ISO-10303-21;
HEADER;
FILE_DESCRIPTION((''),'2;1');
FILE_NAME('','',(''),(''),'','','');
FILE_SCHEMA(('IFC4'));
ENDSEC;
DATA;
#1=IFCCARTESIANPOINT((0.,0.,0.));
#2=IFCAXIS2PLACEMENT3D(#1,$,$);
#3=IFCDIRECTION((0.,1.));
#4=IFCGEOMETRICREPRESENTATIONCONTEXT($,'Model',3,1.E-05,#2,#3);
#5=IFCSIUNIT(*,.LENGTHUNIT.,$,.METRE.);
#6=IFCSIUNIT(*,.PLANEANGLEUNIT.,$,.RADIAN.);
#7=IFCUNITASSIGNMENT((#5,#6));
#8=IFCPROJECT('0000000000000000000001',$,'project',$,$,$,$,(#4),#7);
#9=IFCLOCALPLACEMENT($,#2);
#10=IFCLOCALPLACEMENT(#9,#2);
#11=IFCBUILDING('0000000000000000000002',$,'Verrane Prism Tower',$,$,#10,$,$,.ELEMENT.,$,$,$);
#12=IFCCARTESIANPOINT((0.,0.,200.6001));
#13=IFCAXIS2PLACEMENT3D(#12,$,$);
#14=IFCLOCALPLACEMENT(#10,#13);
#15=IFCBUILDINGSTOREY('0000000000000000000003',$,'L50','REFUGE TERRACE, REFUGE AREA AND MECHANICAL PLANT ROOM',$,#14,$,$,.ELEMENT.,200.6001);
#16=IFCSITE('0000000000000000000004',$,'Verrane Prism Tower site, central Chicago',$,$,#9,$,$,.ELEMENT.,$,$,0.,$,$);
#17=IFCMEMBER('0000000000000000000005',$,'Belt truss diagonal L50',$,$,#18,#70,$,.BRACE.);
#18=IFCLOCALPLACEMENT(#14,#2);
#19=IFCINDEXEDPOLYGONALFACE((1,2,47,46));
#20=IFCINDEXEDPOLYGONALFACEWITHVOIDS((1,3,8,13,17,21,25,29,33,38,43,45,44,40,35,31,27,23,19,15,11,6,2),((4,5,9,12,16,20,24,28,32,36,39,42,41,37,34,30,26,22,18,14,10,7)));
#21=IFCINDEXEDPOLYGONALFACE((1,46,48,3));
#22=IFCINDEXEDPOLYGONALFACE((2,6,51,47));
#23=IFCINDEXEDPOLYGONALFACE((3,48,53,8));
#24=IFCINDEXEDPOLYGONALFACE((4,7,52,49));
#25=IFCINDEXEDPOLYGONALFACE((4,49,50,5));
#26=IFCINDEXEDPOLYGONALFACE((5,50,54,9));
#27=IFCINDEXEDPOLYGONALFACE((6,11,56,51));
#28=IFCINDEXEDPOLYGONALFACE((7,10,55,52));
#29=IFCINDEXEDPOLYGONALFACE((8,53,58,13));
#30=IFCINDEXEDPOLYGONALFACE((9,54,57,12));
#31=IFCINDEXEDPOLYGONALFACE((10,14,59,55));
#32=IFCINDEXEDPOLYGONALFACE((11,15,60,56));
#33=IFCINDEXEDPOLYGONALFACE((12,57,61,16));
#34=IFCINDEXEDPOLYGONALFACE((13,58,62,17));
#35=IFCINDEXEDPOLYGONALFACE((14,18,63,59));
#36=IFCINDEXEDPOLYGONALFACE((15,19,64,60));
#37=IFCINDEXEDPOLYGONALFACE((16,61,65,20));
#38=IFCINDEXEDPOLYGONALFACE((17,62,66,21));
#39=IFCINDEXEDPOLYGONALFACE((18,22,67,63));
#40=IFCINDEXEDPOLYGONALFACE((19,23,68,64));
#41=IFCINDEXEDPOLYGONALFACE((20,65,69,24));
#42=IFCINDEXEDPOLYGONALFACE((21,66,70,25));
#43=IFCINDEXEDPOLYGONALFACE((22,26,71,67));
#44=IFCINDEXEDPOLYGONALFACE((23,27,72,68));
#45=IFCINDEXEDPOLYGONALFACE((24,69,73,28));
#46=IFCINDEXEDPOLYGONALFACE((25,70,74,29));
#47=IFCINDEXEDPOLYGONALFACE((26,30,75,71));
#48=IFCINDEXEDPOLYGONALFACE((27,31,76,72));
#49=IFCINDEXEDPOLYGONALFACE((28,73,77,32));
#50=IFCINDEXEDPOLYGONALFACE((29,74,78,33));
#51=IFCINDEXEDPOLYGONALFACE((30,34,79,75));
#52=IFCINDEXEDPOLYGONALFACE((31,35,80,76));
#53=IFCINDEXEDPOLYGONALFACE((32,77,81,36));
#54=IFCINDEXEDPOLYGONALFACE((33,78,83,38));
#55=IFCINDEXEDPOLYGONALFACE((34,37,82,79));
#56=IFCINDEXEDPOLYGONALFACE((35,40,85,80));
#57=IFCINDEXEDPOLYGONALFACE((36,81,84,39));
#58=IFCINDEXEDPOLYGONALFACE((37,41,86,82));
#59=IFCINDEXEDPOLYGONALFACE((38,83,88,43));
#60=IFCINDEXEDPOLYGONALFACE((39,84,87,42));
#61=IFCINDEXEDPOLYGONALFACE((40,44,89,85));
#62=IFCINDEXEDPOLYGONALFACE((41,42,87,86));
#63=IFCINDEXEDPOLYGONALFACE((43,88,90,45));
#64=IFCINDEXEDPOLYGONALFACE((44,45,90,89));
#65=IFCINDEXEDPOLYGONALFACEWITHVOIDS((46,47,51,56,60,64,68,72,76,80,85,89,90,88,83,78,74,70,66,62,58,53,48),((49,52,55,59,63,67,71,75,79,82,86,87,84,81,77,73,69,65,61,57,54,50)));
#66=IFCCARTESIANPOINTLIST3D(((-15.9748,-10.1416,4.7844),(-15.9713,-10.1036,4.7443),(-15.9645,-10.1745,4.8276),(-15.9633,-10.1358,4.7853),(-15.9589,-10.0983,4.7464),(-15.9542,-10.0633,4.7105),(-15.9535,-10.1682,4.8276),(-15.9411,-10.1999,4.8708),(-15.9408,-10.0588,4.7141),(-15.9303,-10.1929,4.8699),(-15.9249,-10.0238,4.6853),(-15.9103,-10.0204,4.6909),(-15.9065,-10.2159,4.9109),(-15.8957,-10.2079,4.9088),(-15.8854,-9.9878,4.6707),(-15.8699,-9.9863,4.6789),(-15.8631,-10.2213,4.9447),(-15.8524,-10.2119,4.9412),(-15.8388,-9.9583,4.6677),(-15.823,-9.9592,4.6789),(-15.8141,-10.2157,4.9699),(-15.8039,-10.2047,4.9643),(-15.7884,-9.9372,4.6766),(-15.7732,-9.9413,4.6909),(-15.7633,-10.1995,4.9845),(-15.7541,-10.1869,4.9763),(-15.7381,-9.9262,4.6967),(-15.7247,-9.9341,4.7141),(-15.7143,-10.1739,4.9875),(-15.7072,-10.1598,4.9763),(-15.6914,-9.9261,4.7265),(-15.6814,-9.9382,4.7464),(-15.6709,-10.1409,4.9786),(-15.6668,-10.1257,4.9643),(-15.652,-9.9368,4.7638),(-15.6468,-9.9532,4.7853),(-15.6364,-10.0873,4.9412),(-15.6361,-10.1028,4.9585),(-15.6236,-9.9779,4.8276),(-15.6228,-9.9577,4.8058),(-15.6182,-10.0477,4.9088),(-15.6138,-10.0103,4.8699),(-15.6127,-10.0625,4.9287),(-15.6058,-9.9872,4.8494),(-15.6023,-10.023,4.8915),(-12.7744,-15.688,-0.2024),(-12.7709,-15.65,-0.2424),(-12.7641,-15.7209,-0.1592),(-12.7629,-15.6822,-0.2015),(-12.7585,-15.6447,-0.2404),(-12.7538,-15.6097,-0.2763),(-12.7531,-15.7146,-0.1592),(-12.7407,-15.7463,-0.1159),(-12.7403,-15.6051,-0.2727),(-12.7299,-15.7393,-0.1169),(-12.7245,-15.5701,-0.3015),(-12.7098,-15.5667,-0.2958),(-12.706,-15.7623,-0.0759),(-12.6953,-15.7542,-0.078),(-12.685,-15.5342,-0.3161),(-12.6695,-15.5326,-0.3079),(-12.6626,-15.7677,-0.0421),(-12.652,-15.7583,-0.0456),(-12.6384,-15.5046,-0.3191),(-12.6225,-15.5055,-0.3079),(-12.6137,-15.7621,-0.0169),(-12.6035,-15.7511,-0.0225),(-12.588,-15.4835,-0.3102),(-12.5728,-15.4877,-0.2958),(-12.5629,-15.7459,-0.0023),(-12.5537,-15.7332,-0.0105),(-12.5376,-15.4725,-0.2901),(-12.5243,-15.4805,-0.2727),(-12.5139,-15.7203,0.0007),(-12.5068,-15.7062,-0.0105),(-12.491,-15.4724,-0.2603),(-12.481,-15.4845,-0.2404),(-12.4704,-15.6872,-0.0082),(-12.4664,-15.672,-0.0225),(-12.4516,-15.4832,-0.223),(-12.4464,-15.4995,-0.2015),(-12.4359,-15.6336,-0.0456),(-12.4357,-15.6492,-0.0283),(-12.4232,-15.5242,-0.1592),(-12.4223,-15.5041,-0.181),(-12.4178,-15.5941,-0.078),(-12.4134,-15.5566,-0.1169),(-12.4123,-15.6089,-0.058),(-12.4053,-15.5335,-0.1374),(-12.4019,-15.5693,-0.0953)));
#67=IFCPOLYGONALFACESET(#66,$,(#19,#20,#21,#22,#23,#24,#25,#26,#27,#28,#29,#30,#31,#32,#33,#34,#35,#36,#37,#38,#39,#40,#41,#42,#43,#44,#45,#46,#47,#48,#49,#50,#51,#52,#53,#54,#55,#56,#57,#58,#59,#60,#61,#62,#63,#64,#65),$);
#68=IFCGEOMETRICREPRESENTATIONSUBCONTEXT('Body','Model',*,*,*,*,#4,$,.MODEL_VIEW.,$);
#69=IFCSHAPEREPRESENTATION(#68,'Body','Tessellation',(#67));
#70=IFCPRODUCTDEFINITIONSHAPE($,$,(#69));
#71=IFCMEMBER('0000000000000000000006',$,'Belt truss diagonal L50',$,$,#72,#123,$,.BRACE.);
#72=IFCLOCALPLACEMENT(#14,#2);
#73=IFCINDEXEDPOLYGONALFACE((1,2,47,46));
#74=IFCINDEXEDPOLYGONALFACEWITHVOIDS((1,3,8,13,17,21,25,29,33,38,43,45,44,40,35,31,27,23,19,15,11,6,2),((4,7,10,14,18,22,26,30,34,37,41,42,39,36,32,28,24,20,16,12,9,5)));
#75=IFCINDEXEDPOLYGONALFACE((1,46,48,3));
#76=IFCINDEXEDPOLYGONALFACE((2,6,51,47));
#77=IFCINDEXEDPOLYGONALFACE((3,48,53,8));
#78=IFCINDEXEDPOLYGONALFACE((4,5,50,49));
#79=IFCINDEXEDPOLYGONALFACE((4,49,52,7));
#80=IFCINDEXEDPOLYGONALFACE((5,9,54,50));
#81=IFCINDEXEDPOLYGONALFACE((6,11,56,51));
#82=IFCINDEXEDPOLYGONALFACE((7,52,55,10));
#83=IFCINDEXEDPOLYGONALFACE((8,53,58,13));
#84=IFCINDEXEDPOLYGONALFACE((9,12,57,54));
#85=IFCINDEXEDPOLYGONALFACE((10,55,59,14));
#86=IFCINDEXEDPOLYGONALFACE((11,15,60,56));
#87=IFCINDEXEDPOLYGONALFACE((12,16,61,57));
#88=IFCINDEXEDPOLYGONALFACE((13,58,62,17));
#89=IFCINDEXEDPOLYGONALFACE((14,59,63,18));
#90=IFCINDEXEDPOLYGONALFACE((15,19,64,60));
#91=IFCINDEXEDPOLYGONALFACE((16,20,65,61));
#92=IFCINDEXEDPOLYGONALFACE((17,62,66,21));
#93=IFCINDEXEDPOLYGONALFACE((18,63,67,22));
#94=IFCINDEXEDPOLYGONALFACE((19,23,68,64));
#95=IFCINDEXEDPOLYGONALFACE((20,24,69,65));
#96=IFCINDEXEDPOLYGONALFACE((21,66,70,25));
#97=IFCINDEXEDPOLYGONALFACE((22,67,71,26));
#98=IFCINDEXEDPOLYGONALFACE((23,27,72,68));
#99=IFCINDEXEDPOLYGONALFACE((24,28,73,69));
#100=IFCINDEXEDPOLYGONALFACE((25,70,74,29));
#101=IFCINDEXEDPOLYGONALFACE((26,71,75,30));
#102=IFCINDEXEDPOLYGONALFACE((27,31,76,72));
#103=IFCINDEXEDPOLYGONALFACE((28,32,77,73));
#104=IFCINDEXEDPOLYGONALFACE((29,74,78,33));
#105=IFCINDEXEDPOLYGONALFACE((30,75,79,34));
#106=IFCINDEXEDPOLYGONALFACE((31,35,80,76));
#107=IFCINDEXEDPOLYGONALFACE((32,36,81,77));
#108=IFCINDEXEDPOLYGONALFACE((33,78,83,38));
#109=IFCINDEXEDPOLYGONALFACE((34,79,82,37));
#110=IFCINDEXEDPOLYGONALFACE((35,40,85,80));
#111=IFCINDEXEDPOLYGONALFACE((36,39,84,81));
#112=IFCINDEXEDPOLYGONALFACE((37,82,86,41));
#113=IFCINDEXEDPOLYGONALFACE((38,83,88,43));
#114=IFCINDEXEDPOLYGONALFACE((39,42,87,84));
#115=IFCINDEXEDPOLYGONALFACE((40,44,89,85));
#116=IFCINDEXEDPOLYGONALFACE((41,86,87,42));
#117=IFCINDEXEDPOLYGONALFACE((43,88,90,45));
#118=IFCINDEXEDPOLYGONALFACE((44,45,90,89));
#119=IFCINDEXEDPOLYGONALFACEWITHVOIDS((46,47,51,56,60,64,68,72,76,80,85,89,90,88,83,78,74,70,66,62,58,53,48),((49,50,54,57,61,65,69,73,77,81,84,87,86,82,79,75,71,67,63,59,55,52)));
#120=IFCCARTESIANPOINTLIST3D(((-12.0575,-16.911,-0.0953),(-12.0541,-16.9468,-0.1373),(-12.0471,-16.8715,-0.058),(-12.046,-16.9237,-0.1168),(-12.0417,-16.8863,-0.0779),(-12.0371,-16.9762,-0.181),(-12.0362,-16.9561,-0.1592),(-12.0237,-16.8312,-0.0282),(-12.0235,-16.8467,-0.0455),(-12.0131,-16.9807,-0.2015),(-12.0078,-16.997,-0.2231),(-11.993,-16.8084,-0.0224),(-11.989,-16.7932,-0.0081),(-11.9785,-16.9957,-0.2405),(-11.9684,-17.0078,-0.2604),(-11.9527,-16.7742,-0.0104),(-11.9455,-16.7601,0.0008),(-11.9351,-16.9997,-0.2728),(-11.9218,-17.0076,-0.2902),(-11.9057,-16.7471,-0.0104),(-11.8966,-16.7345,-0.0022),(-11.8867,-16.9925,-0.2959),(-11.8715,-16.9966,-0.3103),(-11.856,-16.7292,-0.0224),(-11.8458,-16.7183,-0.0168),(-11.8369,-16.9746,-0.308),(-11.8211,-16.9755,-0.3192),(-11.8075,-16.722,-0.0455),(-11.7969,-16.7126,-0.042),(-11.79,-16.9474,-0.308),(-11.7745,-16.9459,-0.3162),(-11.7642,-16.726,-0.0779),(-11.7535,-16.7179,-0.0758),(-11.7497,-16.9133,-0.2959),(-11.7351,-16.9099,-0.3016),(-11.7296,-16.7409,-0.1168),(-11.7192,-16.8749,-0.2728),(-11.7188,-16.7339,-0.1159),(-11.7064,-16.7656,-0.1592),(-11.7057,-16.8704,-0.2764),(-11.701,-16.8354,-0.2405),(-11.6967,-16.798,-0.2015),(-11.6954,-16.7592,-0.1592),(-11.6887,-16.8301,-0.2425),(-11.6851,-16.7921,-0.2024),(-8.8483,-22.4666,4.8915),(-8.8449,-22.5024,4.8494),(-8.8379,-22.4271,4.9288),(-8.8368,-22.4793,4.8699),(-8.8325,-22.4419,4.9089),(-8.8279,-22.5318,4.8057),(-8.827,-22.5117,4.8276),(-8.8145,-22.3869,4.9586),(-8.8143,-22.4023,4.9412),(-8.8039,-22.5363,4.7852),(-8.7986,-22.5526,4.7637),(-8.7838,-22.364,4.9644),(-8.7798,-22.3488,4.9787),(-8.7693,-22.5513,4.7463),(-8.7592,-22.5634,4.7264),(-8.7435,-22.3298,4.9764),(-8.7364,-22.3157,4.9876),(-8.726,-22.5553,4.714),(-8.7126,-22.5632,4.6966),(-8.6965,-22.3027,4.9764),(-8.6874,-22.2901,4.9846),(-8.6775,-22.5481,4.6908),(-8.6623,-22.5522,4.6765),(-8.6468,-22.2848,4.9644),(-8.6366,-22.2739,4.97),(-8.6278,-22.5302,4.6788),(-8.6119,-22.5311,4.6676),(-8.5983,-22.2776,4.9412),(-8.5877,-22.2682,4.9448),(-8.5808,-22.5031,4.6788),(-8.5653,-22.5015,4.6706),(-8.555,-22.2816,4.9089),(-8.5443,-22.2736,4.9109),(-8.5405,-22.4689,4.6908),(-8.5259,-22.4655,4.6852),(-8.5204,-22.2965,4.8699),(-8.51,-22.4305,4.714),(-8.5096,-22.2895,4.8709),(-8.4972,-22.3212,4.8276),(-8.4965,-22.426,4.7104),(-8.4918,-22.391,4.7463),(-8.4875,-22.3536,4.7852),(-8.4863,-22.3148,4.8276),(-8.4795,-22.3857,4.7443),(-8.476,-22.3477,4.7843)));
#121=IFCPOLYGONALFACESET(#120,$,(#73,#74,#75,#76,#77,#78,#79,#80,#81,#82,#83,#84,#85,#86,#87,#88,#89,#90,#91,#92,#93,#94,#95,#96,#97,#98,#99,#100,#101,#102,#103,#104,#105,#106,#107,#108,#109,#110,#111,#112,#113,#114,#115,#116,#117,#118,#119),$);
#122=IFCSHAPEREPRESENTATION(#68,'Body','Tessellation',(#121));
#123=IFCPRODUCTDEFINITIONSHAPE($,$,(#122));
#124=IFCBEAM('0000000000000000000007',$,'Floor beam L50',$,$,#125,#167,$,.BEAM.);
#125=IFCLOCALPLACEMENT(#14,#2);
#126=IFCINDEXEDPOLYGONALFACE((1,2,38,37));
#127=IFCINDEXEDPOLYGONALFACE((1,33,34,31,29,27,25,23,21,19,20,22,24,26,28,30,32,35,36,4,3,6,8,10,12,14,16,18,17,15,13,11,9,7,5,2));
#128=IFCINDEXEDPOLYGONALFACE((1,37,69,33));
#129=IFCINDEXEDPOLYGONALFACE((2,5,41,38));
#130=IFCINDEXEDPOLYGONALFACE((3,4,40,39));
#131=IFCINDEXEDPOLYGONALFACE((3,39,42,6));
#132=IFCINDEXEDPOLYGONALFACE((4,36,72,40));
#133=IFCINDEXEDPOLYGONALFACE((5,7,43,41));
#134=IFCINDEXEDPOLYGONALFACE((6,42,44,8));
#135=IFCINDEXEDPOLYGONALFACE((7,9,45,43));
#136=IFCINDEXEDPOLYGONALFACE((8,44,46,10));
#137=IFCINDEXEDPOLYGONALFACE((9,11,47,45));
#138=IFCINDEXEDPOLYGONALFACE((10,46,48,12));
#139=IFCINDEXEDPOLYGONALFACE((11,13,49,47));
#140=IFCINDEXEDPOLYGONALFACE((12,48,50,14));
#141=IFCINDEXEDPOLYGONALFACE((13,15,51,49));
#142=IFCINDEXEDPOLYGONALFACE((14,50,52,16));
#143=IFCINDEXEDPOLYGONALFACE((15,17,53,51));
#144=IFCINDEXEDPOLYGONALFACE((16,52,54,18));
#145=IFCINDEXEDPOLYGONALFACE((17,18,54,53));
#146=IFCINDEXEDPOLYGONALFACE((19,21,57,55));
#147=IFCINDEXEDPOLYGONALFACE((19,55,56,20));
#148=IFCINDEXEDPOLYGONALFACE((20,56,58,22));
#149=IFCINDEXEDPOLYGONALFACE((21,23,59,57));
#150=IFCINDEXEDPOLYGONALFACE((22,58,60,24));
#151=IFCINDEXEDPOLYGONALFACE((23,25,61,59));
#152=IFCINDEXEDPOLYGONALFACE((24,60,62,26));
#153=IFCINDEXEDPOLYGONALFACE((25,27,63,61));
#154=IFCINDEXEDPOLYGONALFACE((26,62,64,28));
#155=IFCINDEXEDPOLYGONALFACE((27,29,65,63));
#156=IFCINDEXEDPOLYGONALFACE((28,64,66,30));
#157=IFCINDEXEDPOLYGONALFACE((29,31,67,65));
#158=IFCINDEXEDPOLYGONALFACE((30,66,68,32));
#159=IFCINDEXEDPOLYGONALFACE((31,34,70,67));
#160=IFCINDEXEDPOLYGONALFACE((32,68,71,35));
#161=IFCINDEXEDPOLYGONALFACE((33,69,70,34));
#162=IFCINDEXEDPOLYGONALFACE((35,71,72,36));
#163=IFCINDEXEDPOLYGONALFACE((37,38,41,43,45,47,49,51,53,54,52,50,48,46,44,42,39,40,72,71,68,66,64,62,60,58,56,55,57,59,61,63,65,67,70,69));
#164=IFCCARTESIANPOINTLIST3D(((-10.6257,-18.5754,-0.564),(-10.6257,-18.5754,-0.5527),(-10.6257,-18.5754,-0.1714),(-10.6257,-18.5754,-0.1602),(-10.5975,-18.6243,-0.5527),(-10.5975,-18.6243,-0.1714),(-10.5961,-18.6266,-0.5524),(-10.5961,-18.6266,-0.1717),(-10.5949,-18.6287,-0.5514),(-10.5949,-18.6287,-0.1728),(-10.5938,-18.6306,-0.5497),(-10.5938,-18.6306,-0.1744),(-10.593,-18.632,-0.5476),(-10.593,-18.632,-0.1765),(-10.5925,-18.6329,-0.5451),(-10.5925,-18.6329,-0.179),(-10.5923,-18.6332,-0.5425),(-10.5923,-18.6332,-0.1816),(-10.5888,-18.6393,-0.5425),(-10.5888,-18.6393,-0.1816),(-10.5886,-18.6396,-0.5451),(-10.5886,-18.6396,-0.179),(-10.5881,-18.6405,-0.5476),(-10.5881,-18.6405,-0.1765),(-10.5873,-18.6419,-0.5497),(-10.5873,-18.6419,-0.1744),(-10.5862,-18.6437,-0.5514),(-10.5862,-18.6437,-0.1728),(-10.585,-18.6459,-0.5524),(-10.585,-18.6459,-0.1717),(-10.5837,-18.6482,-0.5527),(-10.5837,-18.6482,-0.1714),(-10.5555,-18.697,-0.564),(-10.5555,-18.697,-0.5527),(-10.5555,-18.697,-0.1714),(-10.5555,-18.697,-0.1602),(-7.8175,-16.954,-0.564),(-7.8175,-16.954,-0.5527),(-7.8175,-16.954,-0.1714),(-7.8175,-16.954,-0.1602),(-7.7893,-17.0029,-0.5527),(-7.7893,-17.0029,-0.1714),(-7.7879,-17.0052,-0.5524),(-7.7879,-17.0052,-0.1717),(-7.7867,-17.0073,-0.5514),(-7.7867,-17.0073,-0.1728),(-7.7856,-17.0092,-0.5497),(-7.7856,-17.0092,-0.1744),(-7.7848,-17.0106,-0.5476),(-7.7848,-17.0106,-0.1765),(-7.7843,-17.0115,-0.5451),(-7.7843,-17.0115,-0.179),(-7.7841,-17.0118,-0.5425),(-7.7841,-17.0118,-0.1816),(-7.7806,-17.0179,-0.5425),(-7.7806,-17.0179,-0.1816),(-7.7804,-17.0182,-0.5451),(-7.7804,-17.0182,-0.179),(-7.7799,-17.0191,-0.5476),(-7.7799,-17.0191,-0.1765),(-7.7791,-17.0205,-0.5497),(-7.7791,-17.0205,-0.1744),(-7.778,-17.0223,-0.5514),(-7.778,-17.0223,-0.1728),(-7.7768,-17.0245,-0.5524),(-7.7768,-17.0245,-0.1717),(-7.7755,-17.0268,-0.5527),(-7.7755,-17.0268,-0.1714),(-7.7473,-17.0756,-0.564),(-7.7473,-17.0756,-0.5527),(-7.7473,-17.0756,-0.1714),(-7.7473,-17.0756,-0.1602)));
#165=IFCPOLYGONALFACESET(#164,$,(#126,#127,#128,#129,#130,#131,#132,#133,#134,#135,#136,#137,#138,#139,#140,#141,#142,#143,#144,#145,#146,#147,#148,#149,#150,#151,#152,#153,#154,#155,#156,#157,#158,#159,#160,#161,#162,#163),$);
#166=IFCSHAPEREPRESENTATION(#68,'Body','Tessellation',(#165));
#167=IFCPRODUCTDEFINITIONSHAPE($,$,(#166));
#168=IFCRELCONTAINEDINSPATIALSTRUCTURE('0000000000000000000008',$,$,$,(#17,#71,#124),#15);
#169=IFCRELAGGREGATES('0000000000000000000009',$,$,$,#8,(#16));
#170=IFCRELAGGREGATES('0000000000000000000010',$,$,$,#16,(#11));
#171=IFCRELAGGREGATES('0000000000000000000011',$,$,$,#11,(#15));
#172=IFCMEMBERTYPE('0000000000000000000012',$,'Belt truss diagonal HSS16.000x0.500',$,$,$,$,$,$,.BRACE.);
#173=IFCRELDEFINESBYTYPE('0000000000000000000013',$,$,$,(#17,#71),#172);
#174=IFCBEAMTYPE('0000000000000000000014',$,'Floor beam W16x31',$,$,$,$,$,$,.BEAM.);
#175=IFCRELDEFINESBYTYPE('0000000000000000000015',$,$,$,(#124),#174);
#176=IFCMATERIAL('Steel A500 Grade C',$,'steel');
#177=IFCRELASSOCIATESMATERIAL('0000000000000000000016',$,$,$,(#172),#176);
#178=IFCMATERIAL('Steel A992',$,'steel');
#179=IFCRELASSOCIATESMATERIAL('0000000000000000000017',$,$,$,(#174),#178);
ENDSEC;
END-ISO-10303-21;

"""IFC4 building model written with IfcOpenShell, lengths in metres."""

from ifc_helpers import new_model, si_unit, direction, frame, origin, origin_2d, place, context, subcontext, project, spatial, hollow_circle, i_section, extrude, material, material_profile, profile_set, type_object, element, save


model = new_model("IFC4")

# Units and contexts
model_context = context("Model", 3, precision=1e-05, world=origin(), true_north=direction((0.0, 1.0)))
body_context = subcontext(model_context, "Body", "Model", "MODEL_VIEW")
ifc_project = project(units=[si_unit("LENGTHUNIT", "METRE"), si_unit("PLANEANGLEUNIT", "RADIAN")], contexts=[model_context])

# Site, building, storey
site_placement = place(None, origin())
site = spatial("IfcSite", under=ifc_project, at=site_placement, Name="Verrane Prism Tower site, central Chicago", CompositionType="ELEMENT", RefElevation=0.0)
building_placement = place(site_placement, origin())
building = spatial("IfcBuilding", under=site, at=building_placement, Name="Verrane Prism Tower", CompositionType="ELEMENT")
storey_placement = place(building_placement, frame((0.0, 0.0, 200.6001)))
storey = spatial("IfcBuildingStorey", under=building, at=storey_placement, Name="L50", Description="REFUGE TERRACE, REFUGE AREA AND MECHANICAL PLANT ROOM", CompositionType="ELEMENT", Elevation=200.6001)

# Members
ifc_material_1 = material(Name="Steel A500 Grade C", Category="steel")
ifc_material_profile_1 = material_profile(ifc_material_1, hollow_circle(Radius=0.2031, WallThickness=0.0127, at=origin_2d()), Name="HSS16.000x0.500")
ifc_profile_set_1 = profile_set([ifc_material_profile_1], Name="Steel A500 Grade C")
member_type_1 = type_object("IfcMemberType", Name="Belt truss diagonal HSS16.000x0.500", PredefinedType="BRACE", material=ifc_profile_set_1)
member_1_placement = place(storey_placement, frame((-12.5881, -15.6194, -0.1592), z_axis=(-0.394325, 0.683368, 0.614424), x_axis=(-0.866145, -0.499793, 0.0)))
element("IfcMember", 1, at=member_1_placement, inside=storey, type_object=member_type_1, Name="Belt truss diagonal L50", PredefinedType="BRACE", context=body_context, shape_type="SweptSolid", body=[
    extrude(hollow_circle(Radius=0.2031, WallThickness=0.0127, at=origin_2d()), origin(), (0.0, 0.0, 1.0), 8.1162),
])
member_2_placement = place(storey_placement, frame((-11.8713, -16.8608, -0.1592), z_axis=(0.39493, -0.683685, 0.613682), x_axis=(0.865913, 0.500195, 0.0)))
element("IfcMember", 2, at=member_2_placement, inside=storey, type_object=member_type_1, Name="Belt truss diagonal L50", PredefinedType="BRACE", context=body_context, shape_type="SweptSolid", body=[
    extrude(hollow_circle(Radius=0.2031, WallThickness=0.0127, at=origin_2d()), origin(), (0.0, 0.0, 1.0), 8.126),
])

# Beam
ifc_material_2 = material(Name="Steel A992", Category="steel")
ifc_material_profile_2 = material_profile(ifc_material_2, i_section(OverallWidth=0.1404, OverallDepth=0.4038, WebThickness=0.0071, FlangeThickness=0.0112, FilletRadius=0.0103, at=origin_2d()), Name="W16x31")
ifc_profile_set_2 = profile_set([ifc_material_profile_2], Name="Steel A992")
beam_type_1 = type_object("IfcBeamType", Name="Floor beam W16x31", PredefinedType="BEAM", material=ifc_profile_set_2)
beam_1_placement = place(storey_placement, frame((-10.5906, -18.6362, -0.3621), z_axis=(0.866015, 0.500018, 0.0), x_axis=(-0.500018, 0.866015, 0.0)))
element("IfcBeam", 3, at=beam_1_placement, inside=storey, type_object=beam_type_1, Name="Floor beam L50", PredefinedType="BEAM", context=body_context, shape_type="SweptSolid", body=[
    extrude(i_section(OverallWidth=0.1404, OverallDepth=0.4038, WebThickness=0.0071, FlangeThickness=0.0112, FilletRadius=0.0103, at=origin_2d()), origin(), (0.0, 0.0, 1.0), 3.2427),
])

save(model, "model.ifc")
